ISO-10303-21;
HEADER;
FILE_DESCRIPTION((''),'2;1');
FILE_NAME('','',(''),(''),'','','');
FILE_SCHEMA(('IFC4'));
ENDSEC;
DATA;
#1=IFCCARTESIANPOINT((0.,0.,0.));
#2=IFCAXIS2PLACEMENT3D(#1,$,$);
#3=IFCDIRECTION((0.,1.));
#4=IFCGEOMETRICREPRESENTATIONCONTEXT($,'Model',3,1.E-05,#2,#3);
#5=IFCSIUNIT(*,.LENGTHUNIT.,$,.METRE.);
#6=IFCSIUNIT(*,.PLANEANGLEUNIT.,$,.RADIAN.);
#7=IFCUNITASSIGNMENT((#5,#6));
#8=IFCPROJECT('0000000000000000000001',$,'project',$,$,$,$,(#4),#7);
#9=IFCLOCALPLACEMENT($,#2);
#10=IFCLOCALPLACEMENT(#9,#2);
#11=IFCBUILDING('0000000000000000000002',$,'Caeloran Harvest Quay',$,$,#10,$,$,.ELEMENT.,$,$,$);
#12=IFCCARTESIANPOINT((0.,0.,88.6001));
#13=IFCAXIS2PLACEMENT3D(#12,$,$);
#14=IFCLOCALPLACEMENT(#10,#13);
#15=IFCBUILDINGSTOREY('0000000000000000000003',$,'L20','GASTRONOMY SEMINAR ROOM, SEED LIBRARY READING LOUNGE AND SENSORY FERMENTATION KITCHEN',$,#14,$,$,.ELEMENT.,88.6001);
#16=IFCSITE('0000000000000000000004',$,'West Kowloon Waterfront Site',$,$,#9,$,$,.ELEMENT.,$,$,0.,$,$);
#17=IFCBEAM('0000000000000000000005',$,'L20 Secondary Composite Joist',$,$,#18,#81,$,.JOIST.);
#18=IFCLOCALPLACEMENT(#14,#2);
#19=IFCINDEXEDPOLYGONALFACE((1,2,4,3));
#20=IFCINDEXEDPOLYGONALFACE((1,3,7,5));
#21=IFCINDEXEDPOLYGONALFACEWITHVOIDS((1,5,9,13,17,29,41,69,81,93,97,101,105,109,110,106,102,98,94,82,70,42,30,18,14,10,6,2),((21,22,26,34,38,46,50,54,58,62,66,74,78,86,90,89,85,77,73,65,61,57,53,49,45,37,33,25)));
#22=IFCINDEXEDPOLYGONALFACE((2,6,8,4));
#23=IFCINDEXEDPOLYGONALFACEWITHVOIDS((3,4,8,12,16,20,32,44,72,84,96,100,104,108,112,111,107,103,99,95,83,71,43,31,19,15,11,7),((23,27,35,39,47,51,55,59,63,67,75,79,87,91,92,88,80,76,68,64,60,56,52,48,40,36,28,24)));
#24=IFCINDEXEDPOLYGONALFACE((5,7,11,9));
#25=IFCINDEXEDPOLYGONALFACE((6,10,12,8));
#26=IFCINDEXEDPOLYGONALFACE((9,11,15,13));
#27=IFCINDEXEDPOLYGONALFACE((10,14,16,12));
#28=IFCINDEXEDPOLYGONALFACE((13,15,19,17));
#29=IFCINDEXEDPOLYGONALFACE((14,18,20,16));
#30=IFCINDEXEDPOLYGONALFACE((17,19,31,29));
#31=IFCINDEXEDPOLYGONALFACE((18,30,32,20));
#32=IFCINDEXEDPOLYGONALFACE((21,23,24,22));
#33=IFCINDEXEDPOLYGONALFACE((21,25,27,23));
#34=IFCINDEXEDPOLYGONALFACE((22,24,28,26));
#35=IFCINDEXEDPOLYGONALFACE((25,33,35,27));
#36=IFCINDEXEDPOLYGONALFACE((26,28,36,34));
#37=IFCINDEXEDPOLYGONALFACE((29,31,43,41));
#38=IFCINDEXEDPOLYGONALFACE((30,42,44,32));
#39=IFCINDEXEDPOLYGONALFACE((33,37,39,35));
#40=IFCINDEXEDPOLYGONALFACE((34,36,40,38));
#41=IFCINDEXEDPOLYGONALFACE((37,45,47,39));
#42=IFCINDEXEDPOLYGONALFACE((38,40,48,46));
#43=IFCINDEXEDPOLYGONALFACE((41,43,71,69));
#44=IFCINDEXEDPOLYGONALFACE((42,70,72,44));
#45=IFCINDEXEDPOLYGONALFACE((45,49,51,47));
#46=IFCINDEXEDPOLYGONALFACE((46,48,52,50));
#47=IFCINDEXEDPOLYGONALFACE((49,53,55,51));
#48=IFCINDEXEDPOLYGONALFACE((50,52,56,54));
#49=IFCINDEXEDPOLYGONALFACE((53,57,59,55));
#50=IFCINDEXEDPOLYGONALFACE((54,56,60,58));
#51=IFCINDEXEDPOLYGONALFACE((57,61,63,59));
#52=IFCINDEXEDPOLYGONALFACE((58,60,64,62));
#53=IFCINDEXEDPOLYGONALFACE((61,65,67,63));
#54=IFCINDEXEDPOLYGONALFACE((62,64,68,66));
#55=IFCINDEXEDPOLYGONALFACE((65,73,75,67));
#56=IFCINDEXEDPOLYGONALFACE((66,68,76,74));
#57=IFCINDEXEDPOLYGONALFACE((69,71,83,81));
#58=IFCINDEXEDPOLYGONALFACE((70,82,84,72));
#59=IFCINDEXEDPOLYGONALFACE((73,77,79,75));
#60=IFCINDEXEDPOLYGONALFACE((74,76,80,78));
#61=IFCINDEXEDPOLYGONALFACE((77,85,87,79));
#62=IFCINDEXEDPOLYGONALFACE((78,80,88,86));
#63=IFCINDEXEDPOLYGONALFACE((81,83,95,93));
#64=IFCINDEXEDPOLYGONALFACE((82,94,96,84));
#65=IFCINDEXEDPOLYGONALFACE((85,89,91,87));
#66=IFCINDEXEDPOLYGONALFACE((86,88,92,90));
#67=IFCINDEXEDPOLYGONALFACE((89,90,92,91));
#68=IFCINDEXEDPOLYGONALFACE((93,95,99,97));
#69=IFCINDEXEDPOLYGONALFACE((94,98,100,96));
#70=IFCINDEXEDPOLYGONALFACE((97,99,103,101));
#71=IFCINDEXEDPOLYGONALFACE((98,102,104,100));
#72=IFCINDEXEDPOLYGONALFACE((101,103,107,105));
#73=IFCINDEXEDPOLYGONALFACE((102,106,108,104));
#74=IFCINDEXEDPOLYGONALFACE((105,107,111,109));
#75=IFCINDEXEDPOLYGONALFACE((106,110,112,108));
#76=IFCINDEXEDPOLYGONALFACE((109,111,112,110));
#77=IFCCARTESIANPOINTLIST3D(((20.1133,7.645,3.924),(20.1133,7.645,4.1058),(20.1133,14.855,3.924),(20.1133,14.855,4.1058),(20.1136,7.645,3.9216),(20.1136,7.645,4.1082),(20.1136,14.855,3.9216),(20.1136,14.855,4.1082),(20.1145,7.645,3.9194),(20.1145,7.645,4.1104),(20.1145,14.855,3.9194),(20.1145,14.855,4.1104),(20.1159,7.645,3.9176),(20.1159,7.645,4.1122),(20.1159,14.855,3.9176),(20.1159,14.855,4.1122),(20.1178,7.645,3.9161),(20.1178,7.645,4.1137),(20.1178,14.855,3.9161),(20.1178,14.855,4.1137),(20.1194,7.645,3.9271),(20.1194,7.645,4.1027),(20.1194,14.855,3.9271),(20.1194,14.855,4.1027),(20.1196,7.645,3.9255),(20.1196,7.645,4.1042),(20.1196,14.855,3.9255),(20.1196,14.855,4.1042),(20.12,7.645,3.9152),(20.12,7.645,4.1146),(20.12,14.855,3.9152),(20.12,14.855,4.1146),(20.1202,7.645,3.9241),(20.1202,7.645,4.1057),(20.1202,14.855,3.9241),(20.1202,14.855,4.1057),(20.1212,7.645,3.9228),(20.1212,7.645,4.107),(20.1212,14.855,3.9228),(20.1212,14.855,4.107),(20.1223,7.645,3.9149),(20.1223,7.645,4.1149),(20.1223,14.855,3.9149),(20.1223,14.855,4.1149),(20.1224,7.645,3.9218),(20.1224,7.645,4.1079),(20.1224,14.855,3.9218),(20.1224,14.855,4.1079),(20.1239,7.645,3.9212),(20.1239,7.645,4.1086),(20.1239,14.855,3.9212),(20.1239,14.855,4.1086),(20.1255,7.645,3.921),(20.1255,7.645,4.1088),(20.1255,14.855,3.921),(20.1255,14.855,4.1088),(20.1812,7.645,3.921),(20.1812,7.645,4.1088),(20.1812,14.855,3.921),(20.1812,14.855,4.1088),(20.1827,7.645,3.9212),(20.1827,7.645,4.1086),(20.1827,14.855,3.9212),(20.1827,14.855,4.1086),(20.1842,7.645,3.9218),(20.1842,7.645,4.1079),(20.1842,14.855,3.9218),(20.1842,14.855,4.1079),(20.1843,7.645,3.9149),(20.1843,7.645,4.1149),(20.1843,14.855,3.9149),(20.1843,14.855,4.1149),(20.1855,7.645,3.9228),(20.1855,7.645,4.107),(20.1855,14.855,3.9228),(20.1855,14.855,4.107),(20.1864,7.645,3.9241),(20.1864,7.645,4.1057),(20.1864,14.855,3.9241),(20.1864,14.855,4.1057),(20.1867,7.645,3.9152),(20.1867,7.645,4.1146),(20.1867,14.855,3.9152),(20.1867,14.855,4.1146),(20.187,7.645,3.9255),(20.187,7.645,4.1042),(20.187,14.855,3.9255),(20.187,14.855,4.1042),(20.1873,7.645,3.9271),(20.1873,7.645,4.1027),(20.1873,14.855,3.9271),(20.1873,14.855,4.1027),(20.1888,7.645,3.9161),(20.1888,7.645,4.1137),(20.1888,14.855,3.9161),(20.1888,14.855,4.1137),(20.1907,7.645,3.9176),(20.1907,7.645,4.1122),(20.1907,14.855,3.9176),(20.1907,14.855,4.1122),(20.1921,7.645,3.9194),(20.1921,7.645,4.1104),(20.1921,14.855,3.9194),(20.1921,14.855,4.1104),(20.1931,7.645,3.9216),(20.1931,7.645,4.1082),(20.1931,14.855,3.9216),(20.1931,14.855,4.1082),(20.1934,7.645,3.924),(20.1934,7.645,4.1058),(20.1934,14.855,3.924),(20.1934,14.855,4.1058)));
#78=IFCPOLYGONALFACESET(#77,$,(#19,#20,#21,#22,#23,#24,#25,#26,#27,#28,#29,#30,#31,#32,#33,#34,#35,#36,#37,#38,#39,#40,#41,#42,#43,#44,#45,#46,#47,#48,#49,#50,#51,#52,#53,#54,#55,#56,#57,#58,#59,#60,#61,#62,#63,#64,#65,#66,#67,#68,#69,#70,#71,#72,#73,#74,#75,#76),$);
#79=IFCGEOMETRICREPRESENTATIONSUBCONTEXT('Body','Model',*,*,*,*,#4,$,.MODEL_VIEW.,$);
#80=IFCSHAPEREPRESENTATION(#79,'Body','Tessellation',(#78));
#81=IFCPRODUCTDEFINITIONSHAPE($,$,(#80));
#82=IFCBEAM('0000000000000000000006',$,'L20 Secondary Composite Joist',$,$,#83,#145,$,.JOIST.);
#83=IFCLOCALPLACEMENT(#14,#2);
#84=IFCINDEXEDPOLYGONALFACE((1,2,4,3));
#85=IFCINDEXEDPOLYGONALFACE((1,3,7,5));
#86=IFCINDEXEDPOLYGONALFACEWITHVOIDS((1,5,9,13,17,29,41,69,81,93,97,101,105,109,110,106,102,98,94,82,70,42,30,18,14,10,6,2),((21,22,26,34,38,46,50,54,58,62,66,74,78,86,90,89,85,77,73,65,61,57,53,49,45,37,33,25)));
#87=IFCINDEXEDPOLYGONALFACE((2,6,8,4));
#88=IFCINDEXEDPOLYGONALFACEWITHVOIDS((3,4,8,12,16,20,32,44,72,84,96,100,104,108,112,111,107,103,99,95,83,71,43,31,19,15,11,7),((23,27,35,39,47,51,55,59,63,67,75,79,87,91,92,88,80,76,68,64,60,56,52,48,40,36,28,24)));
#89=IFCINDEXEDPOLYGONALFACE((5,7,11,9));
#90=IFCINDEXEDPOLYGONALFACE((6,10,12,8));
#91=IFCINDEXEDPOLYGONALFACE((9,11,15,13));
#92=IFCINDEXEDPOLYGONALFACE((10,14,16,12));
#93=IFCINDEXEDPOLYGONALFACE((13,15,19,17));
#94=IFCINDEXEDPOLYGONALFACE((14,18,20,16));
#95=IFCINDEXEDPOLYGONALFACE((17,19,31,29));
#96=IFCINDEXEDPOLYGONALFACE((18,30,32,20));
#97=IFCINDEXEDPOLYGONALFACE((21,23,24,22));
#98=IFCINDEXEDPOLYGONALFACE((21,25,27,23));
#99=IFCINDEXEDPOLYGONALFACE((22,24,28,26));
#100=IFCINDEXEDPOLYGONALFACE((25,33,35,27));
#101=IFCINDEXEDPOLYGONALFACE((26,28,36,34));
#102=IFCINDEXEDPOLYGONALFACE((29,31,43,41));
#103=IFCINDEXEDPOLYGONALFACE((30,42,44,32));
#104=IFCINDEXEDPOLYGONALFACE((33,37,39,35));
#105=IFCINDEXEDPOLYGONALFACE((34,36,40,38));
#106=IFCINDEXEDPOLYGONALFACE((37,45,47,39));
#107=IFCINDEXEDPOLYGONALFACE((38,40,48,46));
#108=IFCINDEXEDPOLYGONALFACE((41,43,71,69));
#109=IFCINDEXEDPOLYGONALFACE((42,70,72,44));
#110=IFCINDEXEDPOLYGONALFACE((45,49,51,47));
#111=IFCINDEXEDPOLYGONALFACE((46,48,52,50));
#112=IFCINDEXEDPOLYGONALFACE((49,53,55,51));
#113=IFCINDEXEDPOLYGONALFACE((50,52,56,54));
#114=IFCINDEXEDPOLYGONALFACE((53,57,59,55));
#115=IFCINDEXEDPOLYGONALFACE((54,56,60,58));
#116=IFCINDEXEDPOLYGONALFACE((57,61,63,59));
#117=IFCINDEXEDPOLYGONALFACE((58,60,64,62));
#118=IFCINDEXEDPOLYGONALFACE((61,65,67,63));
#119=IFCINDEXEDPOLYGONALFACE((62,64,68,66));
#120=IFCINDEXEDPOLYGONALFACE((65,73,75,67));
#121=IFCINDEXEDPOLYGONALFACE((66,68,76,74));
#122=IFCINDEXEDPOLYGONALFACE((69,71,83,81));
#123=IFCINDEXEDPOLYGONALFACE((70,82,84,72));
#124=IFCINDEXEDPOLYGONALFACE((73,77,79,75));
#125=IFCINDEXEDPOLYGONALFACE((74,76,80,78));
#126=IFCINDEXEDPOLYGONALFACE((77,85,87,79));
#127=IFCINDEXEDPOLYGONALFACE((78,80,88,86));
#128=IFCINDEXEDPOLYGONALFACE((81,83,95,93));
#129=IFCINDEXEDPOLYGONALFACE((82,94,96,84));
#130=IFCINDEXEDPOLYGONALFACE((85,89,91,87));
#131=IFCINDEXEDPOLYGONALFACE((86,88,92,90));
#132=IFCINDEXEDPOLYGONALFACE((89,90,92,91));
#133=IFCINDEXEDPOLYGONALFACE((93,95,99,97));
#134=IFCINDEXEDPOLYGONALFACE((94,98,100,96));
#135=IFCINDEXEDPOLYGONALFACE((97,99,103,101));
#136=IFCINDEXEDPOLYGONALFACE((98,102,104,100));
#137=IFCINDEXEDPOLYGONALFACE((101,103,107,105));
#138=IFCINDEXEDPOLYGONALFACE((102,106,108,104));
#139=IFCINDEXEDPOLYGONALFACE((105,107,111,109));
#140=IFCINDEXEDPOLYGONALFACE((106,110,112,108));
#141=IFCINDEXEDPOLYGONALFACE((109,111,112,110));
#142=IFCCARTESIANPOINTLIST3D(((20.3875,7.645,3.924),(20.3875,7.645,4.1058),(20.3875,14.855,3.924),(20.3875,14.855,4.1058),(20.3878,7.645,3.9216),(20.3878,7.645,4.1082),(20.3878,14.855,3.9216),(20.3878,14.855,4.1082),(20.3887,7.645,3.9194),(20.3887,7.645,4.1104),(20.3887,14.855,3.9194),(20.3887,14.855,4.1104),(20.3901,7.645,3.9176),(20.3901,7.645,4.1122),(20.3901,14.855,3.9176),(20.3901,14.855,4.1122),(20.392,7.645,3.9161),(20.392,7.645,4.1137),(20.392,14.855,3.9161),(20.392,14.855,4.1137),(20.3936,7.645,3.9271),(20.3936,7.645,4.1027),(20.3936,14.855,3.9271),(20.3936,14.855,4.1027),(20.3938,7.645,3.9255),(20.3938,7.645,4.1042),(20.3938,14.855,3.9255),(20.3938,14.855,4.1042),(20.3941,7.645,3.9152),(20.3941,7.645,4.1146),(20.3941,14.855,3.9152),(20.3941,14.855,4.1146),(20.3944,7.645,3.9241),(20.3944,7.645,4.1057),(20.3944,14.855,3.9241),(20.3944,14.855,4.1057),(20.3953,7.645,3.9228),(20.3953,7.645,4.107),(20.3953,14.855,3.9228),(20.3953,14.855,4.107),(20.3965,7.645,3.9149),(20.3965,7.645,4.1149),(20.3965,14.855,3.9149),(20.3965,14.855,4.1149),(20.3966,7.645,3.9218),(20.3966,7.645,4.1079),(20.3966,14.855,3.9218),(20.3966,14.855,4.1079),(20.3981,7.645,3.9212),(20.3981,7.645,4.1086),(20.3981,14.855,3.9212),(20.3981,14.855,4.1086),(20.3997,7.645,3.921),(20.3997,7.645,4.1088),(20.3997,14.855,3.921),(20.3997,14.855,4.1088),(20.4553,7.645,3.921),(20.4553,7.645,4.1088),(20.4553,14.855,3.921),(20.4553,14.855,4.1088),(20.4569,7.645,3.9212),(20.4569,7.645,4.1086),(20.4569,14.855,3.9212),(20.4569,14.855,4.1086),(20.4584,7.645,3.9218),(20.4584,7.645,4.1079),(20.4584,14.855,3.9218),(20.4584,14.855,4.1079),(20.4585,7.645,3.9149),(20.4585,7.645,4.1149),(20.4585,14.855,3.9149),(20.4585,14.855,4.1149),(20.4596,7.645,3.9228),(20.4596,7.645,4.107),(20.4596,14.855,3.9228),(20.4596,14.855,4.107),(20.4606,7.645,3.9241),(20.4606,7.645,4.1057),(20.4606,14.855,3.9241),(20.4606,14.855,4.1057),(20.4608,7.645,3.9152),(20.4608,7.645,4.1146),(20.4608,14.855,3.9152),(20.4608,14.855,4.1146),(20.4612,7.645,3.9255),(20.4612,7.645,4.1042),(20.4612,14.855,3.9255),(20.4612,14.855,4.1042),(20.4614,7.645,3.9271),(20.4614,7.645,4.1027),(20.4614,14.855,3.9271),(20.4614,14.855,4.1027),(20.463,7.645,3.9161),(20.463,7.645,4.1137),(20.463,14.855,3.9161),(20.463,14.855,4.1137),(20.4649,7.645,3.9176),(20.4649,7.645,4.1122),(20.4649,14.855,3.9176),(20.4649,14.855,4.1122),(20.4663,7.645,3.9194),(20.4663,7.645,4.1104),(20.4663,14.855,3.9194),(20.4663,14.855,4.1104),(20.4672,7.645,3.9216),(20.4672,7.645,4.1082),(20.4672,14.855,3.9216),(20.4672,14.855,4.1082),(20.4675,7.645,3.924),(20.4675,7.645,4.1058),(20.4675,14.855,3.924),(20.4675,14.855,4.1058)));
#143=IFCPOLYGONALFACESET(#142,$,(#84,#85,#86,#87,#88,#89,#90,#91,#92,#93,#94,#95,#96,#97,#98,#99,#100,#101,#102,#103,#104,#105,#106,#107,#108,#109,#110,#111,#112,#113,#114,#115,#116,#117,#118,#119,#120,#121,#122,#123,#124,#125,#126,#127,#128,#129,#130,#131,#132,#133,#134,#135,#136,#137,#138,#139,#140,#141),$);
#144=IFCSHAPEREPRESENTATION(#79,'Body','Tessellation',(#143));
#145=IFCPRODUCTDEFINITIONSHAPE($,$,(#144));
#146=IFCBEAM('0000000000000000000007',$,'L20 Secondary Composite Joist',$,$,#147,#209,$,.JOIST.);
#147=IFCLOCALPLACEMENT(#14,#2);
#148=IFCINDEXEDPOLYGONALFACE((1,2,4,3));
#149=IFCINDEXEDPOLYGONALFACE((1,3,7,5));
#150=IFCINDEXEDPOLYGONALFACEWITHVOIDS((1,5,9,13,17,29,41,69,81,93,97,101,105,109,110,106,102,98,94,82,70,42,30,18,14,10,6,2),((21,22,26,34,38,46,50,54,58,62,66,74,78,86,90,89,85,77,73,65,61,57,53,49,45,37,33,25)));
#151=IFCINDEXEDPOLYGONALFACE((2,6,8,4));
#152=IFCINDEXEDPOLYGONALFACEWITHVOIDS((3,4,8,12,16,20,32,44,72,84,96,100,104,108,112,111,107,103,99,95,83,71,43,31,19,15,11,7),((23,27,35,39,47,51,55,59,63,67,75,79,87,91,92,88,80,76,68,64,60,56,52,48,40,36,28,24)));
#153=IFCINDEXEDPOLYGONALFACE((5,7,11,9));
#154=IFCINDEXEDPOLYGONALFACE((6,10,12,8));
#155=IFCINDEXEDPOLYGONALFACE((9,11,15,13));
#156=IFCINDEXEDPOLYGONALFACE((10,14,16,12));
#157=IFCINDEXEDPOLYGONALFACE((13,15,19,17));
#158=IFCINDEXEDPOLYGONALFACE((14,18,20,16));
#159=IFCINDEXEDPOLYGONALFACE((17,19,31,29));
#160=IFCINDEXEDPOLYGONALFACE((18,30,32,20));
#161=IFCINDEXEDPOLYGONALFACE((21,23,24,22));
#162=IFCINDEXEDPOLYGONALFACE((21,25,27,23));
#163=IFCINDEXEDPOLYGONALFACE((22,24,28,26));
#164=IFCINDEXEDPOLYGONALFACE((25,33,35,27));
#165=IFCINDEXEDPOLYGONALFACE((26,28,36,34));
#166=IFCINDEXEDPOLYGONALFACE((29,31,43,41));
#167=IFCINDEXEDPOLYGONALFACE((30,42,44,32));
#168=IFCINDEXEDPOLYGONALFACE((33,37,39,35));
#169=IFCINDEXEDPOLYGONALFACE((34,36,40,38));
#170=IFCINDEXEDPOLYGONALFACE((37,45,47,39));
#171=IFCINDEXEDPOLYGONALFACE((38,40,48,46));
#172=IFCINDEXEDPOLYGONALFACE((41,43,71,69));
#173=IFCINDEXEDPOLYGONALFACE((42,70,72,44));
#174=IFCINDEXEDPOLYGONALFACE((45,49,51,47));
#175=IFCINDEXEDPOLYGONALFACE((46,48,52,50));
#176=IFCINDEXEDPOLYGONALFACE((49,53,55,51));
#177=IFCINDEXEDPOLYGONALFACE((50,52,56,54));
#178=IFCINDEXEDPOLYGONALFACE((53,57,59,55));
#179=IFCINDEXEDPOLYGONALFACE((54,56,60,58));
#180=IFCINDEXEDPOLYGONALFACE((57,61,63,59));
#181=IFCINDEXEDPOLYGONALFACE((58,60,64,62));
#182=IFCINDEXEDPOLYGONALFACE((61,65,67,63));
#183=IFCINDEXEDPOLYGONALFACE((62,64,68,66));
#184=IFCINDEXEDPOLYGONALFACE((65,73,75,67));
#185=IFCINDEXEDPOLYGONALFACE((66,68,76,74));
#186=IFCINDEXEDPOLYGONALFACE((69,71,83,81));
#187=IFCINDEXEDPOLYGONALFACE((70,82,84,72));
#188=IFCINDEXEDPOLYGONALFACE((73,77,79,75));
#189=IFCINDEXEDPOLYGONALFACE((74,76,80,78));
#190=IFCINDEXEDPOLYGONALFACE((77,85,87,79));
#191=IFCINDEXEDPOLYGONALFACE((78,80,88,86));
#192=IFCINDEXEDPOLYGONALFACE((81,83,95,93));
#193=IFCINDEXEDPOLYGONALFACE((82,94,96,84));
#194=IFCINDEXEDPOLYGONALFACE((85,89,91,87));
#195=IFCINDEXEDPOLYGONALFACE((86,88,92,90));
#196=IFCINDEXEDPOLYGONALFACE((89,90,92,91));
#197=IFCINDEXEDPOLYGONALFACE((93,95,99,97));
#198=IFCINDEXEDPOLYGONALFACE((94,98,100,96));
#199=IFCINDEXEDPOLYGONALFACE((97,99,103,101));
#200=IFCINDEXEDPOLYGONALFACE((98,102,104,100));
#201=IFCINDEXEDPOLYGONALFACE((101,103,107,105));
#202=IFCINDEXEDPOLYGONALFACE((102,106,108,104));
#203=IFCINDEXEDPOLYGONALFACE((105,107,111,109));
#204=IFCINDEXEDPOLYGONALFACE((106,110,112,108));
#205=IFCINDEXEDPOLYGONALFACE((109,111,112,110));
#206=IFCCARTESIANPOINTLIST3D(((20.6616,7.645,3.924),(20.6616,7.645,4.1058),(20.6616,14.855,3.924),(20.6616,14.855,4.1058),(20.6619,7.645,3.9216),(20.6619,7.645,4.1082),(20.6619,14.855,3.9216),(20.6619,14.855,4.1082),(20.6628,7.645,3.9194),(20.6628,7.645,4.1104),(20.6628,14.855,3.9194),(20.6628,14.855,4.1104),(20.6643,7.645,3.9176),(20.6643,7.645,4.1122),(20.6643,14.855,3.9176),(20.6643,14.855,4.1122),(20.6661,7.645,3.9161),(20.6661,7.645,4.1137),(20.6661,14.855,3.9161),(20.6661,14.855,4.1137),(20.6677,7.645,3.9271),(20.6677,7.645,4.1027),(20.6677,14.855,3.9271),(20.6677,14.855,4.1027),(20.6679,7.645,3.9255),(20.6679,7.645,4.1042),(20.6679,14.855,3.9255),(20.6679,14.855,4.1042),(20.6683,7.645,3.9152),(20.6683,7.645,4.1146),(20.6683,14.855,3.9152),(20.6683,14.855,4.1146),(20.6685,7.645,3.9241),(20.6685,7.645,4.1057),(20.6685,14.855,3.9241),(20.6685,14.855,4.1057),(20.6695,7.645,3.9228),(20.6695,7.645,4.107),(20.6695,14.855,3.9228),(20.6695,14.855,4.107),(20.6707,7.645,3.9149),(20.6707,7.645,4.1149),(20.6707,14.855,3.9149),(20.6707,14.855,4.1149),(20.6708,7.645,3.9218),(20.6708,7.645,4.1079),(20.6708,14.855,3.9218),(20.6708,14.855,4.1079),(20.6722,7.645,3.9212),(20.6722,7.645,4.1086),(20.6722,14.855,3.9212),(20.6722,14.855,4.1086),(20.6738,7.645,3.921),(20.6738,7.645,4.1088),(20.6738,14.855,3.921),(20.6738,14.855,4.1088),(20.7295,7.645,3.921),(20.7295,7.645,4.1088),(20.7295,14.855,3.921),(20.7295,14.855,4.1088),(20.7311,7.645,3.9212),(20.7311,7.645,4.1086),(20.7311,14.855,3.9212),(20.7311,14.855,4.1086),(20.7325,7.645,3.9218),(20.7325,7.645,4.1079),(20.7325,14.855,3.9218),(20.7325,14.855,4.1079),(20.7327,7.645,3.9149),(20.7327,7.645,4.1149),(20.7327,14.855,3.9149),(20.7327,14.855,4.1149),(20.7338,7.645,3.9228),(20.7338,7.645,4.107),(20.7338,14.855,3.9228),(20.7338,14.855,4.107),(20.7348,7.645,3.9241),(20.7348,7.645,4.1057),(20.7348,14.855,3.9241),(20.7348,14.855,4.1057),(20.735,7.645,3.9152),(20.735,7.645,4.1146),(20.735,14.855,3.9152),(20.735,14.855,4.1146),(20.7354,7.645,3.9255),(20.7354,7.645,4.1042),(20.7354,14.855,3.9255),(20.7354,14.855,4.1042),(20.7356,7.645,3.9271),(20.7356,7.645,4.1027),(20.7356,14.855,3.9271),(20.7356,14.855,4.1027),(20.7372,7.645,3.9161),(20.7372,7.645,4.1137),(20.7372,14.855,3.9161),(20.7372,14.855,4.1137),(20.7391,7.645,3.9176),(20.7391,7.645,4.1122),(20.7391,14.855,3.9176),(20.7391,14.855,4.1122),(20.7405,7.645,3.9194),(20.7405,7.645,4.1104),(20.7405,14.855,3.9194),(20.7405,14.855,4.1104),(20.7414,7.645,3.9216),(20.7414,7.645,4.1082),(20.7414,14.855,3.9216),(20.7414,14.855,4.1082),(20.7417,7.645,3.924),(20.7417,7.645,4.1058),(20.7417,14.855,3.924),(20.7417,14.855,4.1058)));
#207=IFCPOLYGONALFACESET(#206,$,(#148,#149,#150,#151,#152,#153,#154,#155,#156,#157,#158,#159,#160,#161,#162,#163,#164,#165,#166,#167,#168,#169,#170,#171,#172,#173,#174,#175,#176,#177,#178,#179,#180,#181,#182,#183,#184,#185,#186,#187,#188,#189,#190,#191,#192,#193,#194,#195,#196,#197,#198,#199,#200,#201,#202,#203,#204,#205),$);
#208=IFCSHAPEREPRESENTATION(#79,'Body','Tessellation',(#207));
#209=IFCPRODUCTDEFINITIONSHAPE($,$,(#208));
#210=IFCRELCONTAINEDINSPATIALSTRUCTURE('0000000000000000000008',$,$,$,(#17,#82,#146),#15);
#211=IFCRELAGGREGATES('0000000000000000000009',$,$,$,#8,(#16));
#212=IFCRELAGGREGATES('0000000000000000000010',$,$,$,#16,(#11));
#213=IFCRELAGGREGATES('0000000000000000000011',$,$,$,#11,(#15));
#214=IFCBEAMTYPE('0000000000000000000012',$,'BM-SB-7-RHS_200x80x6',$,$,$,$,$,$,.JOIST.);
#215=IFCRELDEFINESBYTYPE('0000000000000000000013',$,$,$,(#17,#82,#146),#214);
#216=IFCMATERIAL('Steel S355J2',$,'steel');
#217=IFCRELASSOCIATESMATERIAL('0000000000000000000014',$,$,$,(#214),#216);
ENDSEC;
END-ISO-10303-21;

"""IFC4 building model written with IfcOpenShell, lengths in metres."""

from ifc_helpers import new_model, si_unit, direction, frame, origin, origin_2d, place, context, subcontext, project, spatial, hollow_rectangle, extrude, material, material_profile, profile_set, type_object, element, save


model = new_model("IFC4")

# Units and contexts
model_context = context("Model", 3, precision=1e-05, world=origin(), true_north=direction((0.0, 1.0)))
body_context = subcontext(model_context, "Body", "Model", "MODEL_VIEW")
ifc_project = project(units=[si_unit("LENGTHUNIT", "METRE"), si_unit("PLANEANGLEUNIT", "RADIAN")], contexts=[model_context])

# Site, building, storey
site_placement = place(None, origin())
site = spatial("IfcSite", under=ifc_project, at=site_placement, Name="West Kowloon Waterfront Site", CompositionType="ELEMENT", RefElevation=0.0)
building_placement = place(site_placement, origin())
building = spatial("IfcBuilding", under=site, at=building_placement, Name="Caeloran Harvest Quay", CompositionType="ELEMENT")
storey_placement = place(building_placement, frame((0.0, 0.0, 88.6001)))
storey = spatial("IfcBuildingStorey", under=building, at=storey_placement, Name="L20", Description="GASTRONOMY SEMINAR ROOM, SEED LIBRARY READING LOUNGE AND SENSORY FERMENTATION KITCHEN", CompositionType="ELEMENT", Elevation=88.6001)

# Beams
ifc_material_1 = material(Name="Steel S355J2", Category="steel")
ifc_material_profile_1 = material_profile(ifc_material_1, hollow_rectangle(XDim=0.0801, YDim=0.2, WallThickness=0.0061, InnerFilletRadius=0.0061, OuterFilletRadius=0.009, at=origin_2d()), Name="RHS 200x80x6")
ifc_profile_set_1 = profile_set([ifc_material_profile_1], Name="Steel S355J2")
beam_type_1 = type_object("IfcBeamType", Name="BM-SB-7-RHS_200x80x6", PredefinedType="JOIST", material=ifc_profile_set_1)
for number, where, z_axis, x_axis, name in (
    (1, (20.1533, 7.645, 4.0149), (0.0, 1.0, 0.0), (-1.0, 0.0, 0.0), "L20 Secondary Composite Joist"),
    (2, (20.4275, 7.645, 4.0149), (0.0, 1.0, 0.0), (-1.0, 0.0, 0.0), "L20 Secondary Composite Joist"),
    (3, (20.7017, 7.645, 4.0149), (0.0, 1.0, 0.0), (-1.0, 0.0, 0.0), "L20 Secondary Composite Joist"),
):
    element("IfcBeam", number, at=place(storey_placement, frame(where, z_axis=z_axis, x_axis=x_axis)), inside=storey, type_object=beam_type_1, Name=name, PredefinedType="JOIST", context=body_context, shape_type="SweptSolid", body=[
        extrude(hollow_rectangle(XDim=0.0801, YDim=0.2, WallThickness=0.0061, InnerFilletRadius=0.0061, OuterFilletRadius=0.009, at=origin_2d()), origin(), (0.0, 0.0, 1.0), 7.21),
    ])

save(model, "model.ifc")
